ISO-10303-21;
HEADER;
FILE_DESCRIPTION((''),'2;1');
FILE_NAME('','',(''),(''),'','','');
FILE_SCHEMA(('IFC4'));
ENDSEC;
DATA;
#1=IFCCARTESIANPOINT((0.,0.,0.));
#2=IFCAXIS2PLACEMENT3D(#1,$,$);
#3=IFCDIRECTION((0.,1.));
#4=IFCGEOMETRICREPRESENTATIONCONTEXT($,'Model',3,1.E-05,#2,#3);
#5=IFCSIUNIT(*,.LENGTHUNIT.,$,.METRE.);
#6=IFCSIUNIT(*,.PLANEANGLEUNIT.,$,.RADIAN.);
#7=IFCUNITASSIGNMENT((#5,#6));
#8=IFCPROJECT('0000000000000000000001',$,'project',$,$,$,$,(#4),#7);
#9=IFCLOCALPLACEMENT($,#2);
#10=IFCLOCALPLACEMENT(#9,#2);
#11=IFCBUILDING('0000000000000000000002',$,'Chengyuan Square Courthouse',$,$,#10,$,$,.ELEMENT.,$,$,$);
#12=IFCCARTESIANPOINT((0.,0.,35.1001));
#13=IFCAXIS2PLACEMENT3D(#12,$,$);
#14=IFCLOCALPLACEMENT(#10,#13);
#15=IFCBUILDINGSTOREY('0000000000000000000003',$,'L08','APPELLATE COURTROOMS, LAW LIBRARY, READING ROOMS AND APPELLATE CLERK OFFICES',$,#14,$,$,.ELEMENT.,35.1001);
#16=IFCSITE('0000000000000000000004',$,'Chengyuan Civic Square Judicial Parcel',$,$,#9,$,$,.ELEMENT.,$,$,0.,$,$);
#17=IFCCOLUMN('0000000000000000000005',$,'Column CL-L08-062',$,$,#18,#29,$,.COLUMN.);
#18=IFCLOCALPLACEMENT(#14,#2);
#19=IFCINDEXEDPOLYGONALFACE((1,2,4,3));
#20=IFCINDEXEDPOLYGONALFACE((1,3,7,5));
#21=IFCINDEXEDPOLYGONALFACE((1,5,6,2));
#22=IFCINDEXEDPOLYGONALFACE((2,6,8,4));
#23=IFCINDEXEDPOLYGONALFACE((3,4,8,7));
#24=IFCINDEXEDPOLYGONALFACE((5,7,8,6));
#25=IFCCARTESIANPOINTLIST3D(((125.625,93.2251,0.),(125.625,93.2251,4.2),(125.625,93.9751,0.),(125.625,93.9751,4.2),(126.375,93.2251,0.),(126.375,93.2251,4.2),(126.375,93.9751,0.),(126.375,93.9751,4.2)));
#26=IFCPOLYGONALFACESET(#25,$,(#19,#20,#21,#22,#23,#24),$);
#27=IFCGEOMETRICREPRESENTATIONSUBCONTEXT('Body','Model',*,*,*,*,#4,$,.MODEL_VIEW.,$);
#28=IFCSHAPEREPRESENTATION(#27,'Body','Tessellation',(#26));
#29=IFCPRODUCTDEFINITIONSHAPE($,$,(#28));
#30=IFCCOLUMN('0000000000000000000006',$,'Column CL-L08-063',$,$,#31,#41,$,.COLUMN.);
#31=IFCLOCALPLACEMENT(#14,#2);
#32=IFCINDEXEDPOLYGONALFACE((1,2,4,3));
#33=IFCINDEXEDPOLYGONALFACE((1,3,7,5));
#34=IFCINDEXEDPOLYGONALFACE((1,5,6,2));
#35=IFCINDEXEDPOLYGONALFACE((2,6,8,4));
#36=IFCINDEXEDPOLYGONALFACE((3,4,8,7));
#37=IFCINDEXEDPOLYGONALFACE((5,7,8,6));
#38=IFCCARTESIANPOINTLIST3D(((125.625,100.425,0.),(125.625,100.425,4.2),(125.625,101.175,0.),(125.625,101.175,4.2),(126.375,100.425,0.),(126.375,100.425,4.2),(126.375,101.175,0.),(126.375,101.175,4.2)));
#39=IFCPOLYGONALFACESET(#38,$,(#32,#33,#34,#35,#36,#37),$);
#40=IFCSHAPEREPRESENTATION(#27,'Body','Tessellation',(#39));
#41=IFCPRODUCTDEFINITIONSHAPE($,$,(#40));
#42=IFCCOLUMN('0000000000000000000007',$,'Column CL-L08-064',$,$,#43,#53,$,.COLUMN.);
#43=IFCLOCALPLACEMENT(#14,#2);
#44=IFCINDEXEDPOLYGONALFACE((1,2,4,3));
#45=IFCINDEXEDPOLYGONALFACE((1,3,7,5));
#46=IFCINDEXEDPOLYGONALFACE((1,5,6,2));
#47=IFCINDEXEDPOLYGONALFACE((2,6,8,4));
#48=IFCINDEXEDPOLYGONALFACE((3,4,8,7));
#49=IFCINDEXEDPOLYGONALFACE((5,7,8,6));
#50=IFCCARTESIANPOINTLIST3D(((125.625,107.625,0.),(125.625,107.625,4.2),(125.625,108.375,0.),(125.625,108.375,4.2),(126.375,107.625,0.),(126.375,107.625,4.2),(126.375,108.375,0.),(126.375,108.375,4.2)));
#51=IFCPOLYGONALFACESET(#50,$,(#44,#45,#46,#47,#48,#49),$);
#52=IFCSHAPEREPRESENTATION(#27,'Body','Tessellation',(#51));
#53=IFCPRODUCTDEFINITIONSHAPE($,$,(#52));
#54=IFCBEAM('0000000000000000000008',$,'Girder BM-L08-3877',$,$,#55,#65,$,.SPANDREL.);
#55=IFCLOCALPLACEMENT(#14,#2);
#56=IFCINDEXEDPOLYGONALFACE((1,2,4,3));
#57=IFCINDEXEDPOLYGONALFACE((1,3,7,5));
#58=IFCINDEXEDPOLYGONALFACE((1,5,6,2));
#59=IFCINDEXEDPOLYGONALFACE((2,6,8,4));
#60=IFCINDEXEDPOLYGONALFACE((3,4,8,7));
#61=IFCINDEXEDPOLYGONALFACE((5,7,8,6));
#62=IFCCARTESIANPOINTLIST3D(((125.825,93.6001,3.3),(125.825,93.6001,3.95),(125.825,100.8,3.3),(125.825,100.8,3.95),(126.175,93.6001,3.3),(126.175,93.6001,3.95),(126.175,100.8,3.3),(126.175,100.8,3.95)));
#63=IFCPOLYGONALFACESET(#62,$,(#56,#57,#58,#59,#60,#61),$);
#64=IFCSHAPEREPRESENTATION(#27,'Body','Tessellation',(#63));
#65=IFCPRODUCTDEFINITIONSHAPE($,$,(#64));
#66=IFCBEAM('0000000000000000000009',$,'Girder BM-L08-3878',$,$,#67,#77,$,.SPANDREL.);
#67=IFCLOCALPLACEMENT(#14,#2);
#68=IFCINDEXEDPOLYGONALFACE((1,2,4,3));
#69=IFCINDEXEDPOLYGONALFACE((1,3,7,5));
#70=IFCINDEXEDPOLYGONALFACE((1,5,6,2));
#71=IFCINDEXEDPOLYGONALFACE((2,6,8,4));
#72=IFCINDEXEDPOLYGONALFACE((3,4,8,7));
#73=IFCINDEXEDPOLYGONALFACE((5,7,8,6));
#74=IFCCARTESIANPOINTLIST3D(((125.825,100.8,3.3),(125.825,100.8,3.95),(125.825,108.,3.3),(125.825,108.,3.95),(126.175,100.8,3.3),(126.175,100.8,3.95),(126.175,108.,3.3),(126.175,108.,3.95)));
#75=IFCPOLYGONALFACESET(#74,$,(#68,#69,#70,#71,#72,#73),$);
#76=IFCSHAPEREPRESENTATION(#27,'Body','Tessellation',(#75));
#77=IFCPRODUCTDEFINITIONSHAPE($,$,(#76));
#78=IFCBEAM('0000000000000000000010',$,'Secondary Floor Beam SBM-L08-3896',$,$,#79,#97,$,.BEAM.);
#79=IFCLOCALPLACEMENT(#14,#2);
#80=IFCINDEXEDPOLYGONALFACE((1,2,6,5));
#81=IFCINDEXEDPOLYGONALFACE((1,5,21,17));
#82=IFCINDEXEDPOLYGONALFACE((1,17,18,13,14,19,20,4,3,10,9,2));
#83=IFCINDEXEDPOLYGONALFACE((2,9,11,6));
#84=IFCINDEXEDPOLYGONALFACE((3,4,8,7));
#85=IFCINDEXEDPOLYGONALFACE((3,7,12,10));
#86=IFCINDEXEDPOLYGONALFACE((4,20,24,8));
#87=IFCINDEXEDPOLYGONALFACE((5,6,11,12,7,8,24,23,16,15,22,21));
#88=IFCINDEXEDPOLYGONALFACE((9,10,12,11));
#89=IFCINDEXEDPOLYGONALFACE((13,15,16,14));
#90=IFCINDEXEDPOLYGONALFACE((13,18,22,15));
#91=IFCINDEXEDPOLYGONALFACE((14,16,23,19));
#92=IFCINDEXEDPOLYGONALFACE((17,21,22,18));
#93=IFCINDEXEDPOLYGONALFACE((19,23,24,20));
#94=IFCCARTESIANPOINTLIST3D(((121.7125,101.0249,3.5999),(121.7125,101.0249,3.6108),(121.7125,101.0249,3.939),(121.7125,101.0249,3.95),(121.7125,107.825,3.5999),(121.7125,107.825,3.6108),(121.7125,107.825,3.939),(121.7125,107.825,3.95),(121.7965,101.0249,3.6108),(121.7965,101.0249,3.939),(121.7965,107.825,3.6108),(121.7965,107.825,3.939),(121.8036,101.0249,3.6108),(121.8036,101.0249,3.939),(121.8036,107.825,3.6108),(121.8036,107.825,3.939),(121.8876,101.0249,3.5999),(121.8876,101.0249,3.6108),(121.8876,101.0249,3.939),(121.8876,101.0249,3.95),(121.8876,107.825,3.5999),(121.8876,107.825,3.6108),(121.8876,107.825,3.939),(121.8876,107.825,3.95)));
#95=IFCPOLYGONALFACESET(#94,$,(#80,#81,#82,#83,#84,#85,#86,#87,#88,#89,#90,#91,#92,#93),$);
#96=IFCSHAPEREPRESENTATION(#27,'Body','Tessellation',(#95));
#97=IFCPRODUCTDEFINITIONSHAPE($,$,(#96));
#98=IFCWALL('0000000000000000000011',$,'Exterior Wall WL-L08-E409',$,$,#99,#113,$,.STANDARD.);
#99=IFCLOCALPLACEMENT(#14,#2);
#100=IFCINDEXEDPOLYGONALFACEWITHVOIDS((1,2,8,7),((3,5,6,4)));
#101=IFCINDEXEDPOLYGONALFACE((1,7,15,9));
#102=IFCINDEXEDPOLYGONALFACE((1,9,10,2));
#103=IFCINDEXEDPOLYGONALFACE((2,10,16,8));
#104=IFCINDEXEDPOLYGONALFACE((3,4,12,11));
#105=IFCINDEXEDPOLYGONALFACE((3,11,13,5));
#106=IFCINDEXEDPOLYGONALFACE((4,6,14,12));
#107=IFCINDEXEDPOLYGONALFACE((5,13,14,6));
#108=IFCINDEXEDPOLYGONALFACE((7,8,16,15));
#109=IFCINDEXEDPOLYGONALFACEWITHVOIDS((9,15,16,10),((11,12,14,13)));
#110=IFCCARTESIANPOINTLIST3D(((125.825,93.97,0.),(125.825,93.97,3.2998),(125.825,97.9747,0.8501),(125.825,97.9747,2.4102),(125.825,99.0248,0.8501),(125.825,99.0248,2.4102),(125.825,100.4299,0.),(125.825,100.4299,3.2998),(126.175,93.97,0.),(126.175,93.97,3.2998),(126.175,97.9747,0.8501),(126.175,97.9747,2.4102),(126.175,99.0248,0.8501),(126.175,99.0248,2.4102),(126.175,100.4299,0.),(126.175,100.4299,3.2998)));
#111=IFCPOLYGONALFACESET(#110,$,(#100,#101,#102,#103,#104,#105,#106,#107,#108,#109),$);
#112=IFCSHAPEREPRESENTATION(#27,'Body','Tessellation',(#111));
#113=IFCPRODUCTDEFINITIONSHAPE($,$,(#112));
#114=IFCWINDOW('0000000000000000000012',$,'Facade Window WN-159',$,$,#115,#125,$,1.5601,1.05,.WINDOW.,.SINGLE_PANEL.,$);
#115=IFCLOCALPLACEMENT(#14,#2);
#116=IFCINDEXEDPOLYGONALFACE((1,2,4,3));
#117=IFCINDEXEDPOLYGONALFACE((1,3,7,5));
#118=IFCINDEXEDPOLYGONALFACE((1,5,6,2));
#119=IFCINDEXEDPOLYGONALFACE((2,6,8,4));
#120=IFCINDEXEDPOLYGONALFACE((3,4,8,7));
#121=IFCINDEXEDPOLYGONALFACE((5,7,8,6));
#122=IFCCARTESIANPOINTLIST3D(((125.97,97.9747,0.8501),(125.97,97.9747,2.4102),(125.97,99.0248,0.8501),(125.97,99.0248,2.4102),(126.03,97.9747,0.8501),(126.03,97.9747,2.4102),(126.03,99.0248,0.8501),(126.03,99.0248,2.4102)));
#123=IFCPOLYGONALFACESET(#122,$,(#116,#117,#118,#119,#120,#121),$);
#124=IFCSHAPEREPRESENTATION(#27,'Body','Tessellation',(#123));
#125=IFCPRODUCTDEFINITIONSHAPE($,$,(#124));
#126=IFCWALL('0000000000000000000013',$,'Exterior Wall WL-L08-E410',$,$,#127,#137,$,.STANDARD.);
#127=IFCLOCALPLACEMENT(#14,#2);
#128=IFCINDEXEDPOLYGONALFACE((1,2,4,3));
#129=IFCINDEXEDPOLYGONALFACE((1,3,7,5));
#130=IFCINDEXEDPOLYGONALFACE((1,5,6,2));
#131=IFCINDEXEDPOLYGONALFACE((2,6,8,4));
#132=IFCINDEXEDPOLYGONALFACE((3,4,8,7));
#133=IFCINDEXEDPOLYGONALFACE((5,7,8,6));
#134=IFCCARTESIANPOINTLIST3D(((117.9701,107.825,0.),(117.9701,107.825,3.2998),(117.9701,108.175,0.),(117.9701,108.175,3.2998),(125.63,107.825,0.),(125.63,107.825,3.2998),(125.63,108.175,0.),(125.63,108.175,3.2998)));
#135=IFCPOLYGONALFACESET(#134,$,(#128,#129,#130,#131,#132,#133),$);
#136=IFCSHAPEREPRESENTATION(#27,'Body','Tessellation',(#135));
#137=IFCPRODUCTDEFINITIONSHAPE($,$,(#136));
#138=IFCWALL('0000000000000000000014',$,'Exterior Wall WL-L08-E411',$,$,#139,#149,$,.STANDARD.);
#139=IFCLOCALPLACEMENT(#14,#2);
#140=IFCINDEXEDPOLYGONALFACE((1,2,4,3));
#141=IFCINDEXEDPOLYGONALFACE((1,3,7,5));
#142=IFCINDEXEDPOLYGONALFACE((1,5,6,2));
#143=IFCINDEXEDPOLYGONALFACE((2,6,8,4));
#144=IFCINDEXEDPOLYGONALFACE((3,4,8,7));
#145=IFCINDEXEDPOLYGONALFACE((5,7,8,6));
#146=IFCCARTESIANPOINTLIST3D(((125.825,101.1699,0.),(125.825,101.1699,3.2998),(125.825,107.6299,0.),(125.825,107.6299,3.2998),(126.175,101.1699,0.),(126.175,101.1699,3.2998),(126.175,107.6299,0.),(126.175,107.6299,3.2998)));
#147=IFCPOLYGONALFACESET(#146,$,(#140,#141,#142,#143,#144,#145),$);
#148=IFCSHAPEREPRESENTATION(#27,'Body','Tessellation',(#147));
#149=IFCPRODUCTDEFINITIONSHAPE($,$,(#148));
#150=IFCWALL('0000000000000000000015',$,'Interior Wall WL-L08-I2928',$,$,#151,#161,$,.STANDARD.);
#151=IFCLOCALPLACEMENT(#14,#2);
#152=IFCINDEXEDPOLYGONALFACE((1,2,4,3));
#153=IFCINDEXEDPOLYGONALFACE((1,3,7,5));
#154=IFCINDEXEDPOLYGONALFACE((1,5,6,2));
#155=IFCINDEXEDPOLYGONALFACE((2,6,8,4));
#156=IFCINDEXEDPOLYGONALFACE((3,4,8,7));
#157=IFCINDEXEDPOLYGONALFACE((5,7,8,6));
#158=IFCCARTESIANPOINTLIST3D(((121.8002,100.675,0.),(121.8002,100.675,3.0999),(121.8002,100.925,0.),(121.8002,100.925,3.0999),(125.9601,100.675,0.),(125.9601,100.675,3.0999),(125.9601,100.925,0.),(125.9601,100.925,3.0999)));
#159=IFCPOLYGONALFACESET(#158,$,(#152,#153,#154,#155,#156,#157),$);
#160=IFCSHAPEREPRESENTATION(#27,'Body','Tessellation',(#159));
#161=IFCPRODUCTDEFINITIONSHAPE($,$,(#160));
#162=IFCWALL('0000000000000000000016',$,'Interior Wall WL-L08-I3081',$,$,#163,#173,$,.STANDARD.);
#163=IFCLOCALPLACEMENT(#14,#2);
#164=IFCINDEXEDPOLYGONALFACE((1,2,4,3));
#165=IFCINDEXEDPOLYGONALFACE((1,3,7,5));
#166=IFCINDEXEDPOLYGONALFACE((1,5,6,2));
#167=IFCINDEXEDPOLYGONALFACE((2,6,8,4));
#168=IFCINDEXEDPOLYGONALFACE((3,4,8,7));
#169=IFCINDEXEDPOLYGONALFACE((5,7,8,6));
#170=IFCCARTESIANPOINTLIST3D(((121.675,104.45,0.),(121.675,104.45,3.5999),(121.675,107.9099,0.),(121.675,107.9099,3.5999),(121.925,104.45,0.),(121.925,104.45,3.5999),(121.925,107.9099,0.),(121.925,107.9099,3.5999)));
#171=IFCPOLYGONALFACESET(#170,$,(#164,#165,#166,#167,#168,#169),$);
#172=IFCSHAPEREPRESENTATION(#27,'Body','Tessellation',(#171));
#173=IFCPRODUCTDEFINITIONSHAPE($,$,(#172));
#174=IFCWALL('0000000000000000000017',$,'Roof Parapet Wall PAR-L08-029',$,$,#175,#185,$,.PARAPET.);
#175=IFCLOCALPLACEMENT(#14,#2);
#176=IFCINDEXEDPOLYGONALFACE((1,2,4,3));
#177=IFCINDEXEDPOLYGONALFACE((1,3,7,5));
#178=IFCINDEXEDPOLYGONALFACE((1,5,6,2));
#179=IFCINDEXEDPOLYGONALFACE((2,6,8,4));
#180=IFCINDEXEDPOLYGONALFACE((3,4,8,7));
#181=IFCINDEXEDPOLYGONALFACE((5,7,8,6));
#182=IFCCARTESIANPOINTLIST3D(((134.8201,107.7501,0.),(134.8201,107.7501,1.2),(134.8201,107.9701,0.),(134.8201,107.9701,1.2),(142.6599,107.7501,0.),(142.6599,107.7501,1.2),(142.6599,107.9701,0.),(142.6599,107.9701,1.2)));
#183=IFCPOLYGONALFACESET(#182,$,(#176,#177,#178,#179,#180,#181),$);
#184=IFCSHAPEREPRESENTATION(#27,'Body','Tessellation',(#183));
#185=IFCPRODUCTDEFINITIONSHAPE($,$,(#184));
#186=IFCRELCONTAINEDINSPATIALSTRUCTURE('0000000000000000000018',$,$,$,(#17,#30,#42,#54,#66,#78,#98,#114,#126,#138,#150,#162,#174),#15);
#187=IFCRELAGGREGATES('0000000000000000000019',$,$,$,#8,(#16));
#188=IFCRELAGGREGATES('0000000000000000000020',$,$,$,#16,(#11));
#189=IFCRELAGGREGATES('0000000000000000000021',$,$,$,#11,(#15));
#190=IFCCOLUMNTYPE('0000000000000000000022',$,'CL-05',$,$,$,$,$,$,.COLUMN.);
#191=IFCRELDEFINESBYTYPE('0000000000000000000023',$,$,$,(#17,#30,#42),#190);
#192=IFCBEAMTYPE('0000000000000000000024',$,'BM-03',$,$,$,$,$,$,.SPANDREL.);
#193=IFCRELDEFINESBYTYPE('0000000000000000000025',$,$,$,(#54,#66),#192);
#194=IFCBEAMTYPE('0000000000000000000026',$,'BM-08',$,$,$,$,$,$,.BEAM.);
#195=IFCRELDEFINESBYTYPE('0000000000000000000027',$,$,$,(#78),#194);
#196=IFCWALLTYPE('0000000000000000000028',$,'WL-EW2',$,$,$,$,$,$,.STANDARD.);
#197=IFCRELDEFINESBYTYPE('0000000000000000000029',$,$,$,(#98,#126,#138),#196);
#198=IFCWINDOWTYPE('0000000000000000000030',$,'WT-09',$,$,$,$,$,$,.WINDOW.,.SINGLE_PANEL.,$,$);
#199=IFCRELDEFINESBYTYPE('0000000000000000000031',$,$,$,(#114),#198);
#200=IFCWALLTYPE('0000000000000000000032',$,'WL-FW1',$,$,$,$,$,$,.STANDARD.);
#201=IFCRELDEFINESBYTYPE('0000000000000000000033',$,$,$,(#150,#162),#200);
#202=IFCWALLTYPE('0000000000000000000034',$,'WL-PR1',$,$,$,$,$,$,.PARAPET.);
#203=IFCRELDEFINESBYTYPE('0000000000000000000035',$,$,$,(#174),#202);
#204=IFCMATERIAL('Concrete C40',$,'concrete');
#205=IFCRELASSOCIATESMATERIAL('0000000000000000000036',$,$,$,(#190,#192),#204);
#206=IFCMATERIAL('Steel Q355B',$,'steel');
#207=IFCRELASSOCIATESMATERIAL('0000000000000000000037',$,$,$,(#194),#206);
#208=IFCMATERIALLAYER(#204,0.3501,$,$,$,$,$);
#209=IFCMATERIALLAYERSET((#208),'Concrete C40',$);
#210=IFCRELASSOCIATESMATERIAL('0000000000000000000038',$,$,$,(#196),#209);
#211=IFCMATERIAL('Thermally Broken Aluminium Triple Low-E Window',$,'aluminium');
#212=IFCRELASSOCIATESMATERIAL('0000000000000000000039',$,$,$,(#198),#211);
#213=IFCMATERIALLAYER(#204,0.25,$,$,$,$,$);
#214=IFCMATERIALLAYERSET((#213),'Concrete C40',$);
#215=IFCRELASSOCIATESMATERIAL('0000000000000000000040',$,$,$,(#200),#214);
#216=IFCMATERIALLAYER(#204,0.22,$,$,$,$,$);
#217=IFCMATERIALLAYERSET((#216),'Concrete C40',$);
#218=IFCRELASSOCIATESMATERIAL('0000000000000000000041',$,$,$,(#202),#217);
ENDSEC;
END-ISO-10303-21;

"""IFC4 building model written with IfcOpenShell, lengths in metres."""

from ifc_helpers import new_model, si_unit, direction, frame, frame_2d, origin, origin_2d, place, context, subcontext, project, spatial, rectangle, i_section, extrude, material, layer, layer_set, material_profile, profile_set, type_object, element, fill, save


model = new_model("IFC4")

# Units and contexts
model_context = context("Model", 3, precision=1e-05, world=origin(), true_north=direction((0.0, 1.0)))
body_context = subcontext(model_context, "Body", "Model", "MODEL_VIEW")
ifc_project = project(units=[si_unit("LENGTHUNIT", "METRE"), si_unit("PLANEANGLEUNIT", "RADIAN")], contexts=[model_context])

# Site, building, storey
site_placement = place(None, origin())
site = spatial("IfcSite", under=ifc_project, at=site_placement, Name="Chengyuan Civic Square Judicial Parcel", CompositionType="ELEMENT", RefElevation=0.0)
building_placement = place(site_placement, origin())
building = spatial("IfcBuilding", under=site, at=building_placement, Name="Chengyuan Square Courthouse", CompositionType="ELEMENT")
storey_placement = place(building_placement, frame((0.0, 0.0, 35.1001)))
storey = spatial("IfcBuildingStorey", under=building, at=storey_placement, Name="L08", Description="APPELLATE COURTROOMS, LAW LIBRARY, READING ROOMS AND APPELLATE CLERK OFFICES", CompositionType="ELEMENT", Elevation=35.1001)

# Columns
ifc_material_1 = material(Name="Concrete C40", Category="concrete")
ifc_material_profile_1 = material_profile(ifc_material_1, rectangle(XDim=0.75, YDim=0.75, at=origin_2d()), Name="RC-COL-750x750")
ifc_profile_set_1 = profile_set([ifc_material_profile_1], Name="Concrete C40")
column_type = type_object("IfcColumnType", Name="CL-05", PredefinedType="COLUMN", material=ifc_profile_set_1)
for number, where, z_axis, x_axis, name in (
    (1, (126.0, 93.6001, 0.0), (0.0, 0.0, 1.0), (1.0, 0.0, 0.0), "Column CL-L08-062"),
    (2, (126.0, 100.8, 0.0), (0.0, 0.0, 1.0), (1.0, 0.0, 0.0), "Column CL-L08-063"),
    (3, (126.0, 108.0, 0.0), (0.0, 0.0, 1.0), (1.0, 0.0, 0.0), "Column CL-L08-064"),
):
    element("IfcColumn", number, at=place(storey_placement, frame(where, z_axis=z_axis, x_axis=x_axis)), inside=storey, type_object=column_type, Name=name, PredefinedType="COLUMN", context=body_context, shape_type="SweptSolid", body=[
        extrude(rectangle(XDim=0.75, YDim=0.75, at=origin_2d()), origin(), (0.0, 0.0, 1.0), 4.2),
    ])

# Beams
ifc_material_profile_2 = material_profile(ifc_material_1, rectangle(XDim=0.3501, YDim=0.6499, at=origin_2d()), Name="RC-BM-350x650")
ifc_profile_set_2 = profile_set([ifc_material_profile_2], Name="Concrete C40")
beam_type_1 = type_object("IfcBeamType", Name="BM-03", PredefinedType="SPANDREL", material=ifc_profile_set_2)
for number, where, z_axis, x_axis, name in (
    (4, (126.0, 93.6001, 3.625), (0.0, 1.0, 0.0), (-1.0, 0.0, 0.0), "Girder BM-L08-3877"),
    (5, (126.0, 100.8, 3.625), (0.0, 1.0, 0.0), (-1.0, 0.0, 0.0), "Girder BM-L08-3878"),
):
    element("IfcBeam", number, at=place(storey_placement, frame(where, z_axis=z_axis, x_axis=x_axis)), inside=storey, type_object=beam_type_1, Name=name, PredefinedType="SPANDREL", context=body_context, shape_type="SweptSolid", body=[
        extrude(rectangle(XDim=0.3501, YDim=0.6499, at=origin_2d()), origin(), (0.0, 0.0, 1.0), 7.2),
    ])
ifc_material_2 = material(Name="Steel Q355B", Category="steel")
ifc_material_profile_3 = material_profile(ifc_material_2, i_section(OverallWidth=0.175, OverallDepth=0.3501, WebThickness=0.0071, FlangeThickness=0.011, at=origin_2d()), Name="HN 350x175x7x11")
ifc_profile_set_3 = profile_set([ifc_material_profile_3], Name="Steel Q355B")
beam_type_2 = type_object("IfcBeamType", Name="BM-08", PredefinedType="BEAM", material=ifc_profile_set_3)
beam_placement = place(storey_placement, frame((121.8, 101.0249, 3.7749), z_axis=(0.0, 1.0, 0.0), x_axis=(-1.0, 0.0, 0.0)))
element("IfcBeam", 6, at=beam_placement, inside=storey, type_object=beam_type_2, Name="Secondary Floor Beam SBM-L08-3896", PredefinedType="BEAM", context=body_context, shape_type="SweptSolid", body=[
    extrude(i_section(OverallWidth=0.175, OverallDepth=0.3501, WebThickness=0.0071, FlangeThickness=0.011, at=origin_2d()), origin(), (0.0, 0.0, 1.0), 6.8),
])

# Wall, opening, window
ifc_layer_1 = layer(ifc_material_1, 0.3501)
ifc_layer_set_1 = layer_set([ifc_layer_1], Name="Concrete C40")
wall_type_1 = type_object("IfcWallType", Name="WL-EW2", PredefinedType="STANDARD", material=ifc_layer_set_1)
wall_1_placement = place(storey_placement, frame((126.0, 93.97, 0.0), z_axis=(0.0, 0.0, 1.0), x_axis=(0.0, 1.0, 0.0)))
wall_1 = element("IfcWall", 7, at=wall_1_placement, inside=storey, type_object=wall_type_1, Name="Exterior Wall WL-L08-E409", PredefinedType="STANDARD", context=body_context, shape_type="SweptSolid", body=[
    extrude(rectangle(XDim=6.46, YDim=0.3501, at=frame_2d((3.23, 0.0))), origin(), (0.0, 0.0, 1.0), 3.2998),
])
opening_1_placement = place(wall_1_placement, frame((4.0049, 0.0, 0.8501)))
opening_1 = element("IfcOpeningElement", 8, at=opening_1_placement, cuts=wall_1, PredefinedType="OPENING", context=body_context, shape_type="SweptSolid", body=[
    extrude(rectangle(XDim=1.05, YDim=1.5601, at=frame_2d((0.5249, 0.78))), frame((0.0, 0.187, 0.0), z_axis=(0.0, -1.0, 0.0), x_axis=(1.0, 0.0, 0.0)), (0.0, 0.0, 1.0), 0.374),
])
ifc_material_3 = material(Name="Thermally Broken Aluminium Triple Low-E Window", Category="aluminium")
window_type = type_object("IfcWindowType", Name="WT-09", PartitioningType="SINGLE_PANEL", PredefinedType="WINDOW", material=ifc_material_3)
window_placement = place(opening_1_placement, origin())
window = element("IfcWindow", 9, at=window_placement, inside=storey, type_object=window_type, Name="Facade Window WN-159", OverallHeight=1.5601, OverallWidth=1.05, PartitioningType="SINGLE_PANEL", PredefinedType="WINDOW", context=body_context, shape_type="SweptSolid", body=[
    extrude(rectangle(XDim=1.05, YDim=1.5601, at=frame_2d((0.5249, 0.78))), frame((0.0, 0.03, 0.0), z_axis=(0.0, -1.0, 0.0), x_axis=(1.0, 0.0, 0.0)), (0.0, 0.0, 1.0), 0.0601),
])
fill(opening_1, window)

# Walls
wall_2_placement = place(storey_placement, frame((117.97, 108.0, 0.0), z_axis=(0.0, 0.0, 1.0), x_axis=(1.0, 0.0, 0.0)))
element("IfcWall", 10, at=wall_2_placement, inside=storey, type_object=wall_type_1, Name="Exterior Wall WL-L08-E410", PredefinedType="STANDARD", context=body_context, shape_type="SweptSolid", body=[
    extrude(rectangle(XDim=7.6599, YDim=0.3501, at=frame_2d((3.8301, 0.0))), origin(), (0.0, 0.0, 1.0), 3.2998),
])
wall_3_placement = place(storey_placement, frame((126.0, 101.1699, 0.0), z_axis=(0.0, 0.0, 1.0), x_axis=(0.0, 1.0, 0.0)))
element("IfcWall", 11, at=wall_3_placement, inside=storey, type_object=wall_type_1, Name="Exterior Wall WL-L08-E411", PredefinedType="STANDARD", context=body_context, shape_type="SweptSolid", body=[
    extrude(rectangle(XDim=6.46, YDim=0.3501, at=frame_2d((3.23, 0.0))), origin(), (0.0, 0.0, 1.0), 3.2998),
])
ifc_layer_2 = layer(ifc_material_1, 0.25)
ifc_layer_set_2 = layer_set([ifc_layer_2], Name="Concrete C40")
wall_type_2 = type_object("IfcWallType", Name="WL-FW1", PredefinedType="STANDARD", material=ifc_layer_set_2)
wall_4_placement = place(storey_placement, frame((121.8, 100.8, 0.0), z_axis=(0.0, 0.0, 1.0), x_axis=(1.0, 0.0, 0.0)))
element("IfcWall", 12, at=wall_4_placement, inside=storey, type_object=wall_type_2, Name="Interior Wall WL-L08-I2928", PredefinedType="STANDARD", context=body_context, shape_type="SweptSolid", body=[
    extrude(rectangle(XDim=4.1599, YDim=0.25, at=frame_2d((2.0801, 0.0))), origin(), (0.0, 0.0, 1.0), 3.0999),
])

# Walls
wall_5_placement = place(storey_placement, frame((121.8, 104.45, 0.0), z_axis=(0.0, 0.0, 1.0), x_axis=(0.0, 1.0, 0.0)))
element("IfcWall", 13, at=wall_5_placement, inside=storey, type_object=wall_type_2, Name="Interior Wall WL-L08-I3081", PredefinedType="STANDARD", context=body_context, shape_type="SweptSolid", body=[
    extrude(rectangle(XDim=3.46, YDim=0.25, at=frame_2d((1.73, 0.0))), origin(), (0.0, 0.0, 1.0), 3.5999),
])
ifc_layer_3 = layer(ifc_material_1, 0.22)
ifc_layer_set_3 = layer_set([ifc_layer_3], Name="Concrete C40")
wall_type_3 = type_object("IfcWallType", Name="WL-PR1", PredefinedType="PARAPET", material=ifc_layer_set_3)
wall_6_placement = place(storey_placement, frame((142.6599, 107.8601, 0.0), z_axis=(0.0, 0.0, 1.0), x_axis=(-1.0, 0.0, 0.0)))
element("IfcWall", 14, at=wall_6_placement, inside=storey, type_object=wall_type_3, Name="Roof Parapet Wall PAR-L08-029", PredefinedType="PARAPET", context=body_context, shape_type="SweptSolid", body=[
    extrude(rectangle(XDim=7.8398, YDim=0.22, at=frame_2d((3.9199, 0.0))), origin(), (0.0, 0.0, 1.0), 1.2),
])

save(model, "model.ifc")
